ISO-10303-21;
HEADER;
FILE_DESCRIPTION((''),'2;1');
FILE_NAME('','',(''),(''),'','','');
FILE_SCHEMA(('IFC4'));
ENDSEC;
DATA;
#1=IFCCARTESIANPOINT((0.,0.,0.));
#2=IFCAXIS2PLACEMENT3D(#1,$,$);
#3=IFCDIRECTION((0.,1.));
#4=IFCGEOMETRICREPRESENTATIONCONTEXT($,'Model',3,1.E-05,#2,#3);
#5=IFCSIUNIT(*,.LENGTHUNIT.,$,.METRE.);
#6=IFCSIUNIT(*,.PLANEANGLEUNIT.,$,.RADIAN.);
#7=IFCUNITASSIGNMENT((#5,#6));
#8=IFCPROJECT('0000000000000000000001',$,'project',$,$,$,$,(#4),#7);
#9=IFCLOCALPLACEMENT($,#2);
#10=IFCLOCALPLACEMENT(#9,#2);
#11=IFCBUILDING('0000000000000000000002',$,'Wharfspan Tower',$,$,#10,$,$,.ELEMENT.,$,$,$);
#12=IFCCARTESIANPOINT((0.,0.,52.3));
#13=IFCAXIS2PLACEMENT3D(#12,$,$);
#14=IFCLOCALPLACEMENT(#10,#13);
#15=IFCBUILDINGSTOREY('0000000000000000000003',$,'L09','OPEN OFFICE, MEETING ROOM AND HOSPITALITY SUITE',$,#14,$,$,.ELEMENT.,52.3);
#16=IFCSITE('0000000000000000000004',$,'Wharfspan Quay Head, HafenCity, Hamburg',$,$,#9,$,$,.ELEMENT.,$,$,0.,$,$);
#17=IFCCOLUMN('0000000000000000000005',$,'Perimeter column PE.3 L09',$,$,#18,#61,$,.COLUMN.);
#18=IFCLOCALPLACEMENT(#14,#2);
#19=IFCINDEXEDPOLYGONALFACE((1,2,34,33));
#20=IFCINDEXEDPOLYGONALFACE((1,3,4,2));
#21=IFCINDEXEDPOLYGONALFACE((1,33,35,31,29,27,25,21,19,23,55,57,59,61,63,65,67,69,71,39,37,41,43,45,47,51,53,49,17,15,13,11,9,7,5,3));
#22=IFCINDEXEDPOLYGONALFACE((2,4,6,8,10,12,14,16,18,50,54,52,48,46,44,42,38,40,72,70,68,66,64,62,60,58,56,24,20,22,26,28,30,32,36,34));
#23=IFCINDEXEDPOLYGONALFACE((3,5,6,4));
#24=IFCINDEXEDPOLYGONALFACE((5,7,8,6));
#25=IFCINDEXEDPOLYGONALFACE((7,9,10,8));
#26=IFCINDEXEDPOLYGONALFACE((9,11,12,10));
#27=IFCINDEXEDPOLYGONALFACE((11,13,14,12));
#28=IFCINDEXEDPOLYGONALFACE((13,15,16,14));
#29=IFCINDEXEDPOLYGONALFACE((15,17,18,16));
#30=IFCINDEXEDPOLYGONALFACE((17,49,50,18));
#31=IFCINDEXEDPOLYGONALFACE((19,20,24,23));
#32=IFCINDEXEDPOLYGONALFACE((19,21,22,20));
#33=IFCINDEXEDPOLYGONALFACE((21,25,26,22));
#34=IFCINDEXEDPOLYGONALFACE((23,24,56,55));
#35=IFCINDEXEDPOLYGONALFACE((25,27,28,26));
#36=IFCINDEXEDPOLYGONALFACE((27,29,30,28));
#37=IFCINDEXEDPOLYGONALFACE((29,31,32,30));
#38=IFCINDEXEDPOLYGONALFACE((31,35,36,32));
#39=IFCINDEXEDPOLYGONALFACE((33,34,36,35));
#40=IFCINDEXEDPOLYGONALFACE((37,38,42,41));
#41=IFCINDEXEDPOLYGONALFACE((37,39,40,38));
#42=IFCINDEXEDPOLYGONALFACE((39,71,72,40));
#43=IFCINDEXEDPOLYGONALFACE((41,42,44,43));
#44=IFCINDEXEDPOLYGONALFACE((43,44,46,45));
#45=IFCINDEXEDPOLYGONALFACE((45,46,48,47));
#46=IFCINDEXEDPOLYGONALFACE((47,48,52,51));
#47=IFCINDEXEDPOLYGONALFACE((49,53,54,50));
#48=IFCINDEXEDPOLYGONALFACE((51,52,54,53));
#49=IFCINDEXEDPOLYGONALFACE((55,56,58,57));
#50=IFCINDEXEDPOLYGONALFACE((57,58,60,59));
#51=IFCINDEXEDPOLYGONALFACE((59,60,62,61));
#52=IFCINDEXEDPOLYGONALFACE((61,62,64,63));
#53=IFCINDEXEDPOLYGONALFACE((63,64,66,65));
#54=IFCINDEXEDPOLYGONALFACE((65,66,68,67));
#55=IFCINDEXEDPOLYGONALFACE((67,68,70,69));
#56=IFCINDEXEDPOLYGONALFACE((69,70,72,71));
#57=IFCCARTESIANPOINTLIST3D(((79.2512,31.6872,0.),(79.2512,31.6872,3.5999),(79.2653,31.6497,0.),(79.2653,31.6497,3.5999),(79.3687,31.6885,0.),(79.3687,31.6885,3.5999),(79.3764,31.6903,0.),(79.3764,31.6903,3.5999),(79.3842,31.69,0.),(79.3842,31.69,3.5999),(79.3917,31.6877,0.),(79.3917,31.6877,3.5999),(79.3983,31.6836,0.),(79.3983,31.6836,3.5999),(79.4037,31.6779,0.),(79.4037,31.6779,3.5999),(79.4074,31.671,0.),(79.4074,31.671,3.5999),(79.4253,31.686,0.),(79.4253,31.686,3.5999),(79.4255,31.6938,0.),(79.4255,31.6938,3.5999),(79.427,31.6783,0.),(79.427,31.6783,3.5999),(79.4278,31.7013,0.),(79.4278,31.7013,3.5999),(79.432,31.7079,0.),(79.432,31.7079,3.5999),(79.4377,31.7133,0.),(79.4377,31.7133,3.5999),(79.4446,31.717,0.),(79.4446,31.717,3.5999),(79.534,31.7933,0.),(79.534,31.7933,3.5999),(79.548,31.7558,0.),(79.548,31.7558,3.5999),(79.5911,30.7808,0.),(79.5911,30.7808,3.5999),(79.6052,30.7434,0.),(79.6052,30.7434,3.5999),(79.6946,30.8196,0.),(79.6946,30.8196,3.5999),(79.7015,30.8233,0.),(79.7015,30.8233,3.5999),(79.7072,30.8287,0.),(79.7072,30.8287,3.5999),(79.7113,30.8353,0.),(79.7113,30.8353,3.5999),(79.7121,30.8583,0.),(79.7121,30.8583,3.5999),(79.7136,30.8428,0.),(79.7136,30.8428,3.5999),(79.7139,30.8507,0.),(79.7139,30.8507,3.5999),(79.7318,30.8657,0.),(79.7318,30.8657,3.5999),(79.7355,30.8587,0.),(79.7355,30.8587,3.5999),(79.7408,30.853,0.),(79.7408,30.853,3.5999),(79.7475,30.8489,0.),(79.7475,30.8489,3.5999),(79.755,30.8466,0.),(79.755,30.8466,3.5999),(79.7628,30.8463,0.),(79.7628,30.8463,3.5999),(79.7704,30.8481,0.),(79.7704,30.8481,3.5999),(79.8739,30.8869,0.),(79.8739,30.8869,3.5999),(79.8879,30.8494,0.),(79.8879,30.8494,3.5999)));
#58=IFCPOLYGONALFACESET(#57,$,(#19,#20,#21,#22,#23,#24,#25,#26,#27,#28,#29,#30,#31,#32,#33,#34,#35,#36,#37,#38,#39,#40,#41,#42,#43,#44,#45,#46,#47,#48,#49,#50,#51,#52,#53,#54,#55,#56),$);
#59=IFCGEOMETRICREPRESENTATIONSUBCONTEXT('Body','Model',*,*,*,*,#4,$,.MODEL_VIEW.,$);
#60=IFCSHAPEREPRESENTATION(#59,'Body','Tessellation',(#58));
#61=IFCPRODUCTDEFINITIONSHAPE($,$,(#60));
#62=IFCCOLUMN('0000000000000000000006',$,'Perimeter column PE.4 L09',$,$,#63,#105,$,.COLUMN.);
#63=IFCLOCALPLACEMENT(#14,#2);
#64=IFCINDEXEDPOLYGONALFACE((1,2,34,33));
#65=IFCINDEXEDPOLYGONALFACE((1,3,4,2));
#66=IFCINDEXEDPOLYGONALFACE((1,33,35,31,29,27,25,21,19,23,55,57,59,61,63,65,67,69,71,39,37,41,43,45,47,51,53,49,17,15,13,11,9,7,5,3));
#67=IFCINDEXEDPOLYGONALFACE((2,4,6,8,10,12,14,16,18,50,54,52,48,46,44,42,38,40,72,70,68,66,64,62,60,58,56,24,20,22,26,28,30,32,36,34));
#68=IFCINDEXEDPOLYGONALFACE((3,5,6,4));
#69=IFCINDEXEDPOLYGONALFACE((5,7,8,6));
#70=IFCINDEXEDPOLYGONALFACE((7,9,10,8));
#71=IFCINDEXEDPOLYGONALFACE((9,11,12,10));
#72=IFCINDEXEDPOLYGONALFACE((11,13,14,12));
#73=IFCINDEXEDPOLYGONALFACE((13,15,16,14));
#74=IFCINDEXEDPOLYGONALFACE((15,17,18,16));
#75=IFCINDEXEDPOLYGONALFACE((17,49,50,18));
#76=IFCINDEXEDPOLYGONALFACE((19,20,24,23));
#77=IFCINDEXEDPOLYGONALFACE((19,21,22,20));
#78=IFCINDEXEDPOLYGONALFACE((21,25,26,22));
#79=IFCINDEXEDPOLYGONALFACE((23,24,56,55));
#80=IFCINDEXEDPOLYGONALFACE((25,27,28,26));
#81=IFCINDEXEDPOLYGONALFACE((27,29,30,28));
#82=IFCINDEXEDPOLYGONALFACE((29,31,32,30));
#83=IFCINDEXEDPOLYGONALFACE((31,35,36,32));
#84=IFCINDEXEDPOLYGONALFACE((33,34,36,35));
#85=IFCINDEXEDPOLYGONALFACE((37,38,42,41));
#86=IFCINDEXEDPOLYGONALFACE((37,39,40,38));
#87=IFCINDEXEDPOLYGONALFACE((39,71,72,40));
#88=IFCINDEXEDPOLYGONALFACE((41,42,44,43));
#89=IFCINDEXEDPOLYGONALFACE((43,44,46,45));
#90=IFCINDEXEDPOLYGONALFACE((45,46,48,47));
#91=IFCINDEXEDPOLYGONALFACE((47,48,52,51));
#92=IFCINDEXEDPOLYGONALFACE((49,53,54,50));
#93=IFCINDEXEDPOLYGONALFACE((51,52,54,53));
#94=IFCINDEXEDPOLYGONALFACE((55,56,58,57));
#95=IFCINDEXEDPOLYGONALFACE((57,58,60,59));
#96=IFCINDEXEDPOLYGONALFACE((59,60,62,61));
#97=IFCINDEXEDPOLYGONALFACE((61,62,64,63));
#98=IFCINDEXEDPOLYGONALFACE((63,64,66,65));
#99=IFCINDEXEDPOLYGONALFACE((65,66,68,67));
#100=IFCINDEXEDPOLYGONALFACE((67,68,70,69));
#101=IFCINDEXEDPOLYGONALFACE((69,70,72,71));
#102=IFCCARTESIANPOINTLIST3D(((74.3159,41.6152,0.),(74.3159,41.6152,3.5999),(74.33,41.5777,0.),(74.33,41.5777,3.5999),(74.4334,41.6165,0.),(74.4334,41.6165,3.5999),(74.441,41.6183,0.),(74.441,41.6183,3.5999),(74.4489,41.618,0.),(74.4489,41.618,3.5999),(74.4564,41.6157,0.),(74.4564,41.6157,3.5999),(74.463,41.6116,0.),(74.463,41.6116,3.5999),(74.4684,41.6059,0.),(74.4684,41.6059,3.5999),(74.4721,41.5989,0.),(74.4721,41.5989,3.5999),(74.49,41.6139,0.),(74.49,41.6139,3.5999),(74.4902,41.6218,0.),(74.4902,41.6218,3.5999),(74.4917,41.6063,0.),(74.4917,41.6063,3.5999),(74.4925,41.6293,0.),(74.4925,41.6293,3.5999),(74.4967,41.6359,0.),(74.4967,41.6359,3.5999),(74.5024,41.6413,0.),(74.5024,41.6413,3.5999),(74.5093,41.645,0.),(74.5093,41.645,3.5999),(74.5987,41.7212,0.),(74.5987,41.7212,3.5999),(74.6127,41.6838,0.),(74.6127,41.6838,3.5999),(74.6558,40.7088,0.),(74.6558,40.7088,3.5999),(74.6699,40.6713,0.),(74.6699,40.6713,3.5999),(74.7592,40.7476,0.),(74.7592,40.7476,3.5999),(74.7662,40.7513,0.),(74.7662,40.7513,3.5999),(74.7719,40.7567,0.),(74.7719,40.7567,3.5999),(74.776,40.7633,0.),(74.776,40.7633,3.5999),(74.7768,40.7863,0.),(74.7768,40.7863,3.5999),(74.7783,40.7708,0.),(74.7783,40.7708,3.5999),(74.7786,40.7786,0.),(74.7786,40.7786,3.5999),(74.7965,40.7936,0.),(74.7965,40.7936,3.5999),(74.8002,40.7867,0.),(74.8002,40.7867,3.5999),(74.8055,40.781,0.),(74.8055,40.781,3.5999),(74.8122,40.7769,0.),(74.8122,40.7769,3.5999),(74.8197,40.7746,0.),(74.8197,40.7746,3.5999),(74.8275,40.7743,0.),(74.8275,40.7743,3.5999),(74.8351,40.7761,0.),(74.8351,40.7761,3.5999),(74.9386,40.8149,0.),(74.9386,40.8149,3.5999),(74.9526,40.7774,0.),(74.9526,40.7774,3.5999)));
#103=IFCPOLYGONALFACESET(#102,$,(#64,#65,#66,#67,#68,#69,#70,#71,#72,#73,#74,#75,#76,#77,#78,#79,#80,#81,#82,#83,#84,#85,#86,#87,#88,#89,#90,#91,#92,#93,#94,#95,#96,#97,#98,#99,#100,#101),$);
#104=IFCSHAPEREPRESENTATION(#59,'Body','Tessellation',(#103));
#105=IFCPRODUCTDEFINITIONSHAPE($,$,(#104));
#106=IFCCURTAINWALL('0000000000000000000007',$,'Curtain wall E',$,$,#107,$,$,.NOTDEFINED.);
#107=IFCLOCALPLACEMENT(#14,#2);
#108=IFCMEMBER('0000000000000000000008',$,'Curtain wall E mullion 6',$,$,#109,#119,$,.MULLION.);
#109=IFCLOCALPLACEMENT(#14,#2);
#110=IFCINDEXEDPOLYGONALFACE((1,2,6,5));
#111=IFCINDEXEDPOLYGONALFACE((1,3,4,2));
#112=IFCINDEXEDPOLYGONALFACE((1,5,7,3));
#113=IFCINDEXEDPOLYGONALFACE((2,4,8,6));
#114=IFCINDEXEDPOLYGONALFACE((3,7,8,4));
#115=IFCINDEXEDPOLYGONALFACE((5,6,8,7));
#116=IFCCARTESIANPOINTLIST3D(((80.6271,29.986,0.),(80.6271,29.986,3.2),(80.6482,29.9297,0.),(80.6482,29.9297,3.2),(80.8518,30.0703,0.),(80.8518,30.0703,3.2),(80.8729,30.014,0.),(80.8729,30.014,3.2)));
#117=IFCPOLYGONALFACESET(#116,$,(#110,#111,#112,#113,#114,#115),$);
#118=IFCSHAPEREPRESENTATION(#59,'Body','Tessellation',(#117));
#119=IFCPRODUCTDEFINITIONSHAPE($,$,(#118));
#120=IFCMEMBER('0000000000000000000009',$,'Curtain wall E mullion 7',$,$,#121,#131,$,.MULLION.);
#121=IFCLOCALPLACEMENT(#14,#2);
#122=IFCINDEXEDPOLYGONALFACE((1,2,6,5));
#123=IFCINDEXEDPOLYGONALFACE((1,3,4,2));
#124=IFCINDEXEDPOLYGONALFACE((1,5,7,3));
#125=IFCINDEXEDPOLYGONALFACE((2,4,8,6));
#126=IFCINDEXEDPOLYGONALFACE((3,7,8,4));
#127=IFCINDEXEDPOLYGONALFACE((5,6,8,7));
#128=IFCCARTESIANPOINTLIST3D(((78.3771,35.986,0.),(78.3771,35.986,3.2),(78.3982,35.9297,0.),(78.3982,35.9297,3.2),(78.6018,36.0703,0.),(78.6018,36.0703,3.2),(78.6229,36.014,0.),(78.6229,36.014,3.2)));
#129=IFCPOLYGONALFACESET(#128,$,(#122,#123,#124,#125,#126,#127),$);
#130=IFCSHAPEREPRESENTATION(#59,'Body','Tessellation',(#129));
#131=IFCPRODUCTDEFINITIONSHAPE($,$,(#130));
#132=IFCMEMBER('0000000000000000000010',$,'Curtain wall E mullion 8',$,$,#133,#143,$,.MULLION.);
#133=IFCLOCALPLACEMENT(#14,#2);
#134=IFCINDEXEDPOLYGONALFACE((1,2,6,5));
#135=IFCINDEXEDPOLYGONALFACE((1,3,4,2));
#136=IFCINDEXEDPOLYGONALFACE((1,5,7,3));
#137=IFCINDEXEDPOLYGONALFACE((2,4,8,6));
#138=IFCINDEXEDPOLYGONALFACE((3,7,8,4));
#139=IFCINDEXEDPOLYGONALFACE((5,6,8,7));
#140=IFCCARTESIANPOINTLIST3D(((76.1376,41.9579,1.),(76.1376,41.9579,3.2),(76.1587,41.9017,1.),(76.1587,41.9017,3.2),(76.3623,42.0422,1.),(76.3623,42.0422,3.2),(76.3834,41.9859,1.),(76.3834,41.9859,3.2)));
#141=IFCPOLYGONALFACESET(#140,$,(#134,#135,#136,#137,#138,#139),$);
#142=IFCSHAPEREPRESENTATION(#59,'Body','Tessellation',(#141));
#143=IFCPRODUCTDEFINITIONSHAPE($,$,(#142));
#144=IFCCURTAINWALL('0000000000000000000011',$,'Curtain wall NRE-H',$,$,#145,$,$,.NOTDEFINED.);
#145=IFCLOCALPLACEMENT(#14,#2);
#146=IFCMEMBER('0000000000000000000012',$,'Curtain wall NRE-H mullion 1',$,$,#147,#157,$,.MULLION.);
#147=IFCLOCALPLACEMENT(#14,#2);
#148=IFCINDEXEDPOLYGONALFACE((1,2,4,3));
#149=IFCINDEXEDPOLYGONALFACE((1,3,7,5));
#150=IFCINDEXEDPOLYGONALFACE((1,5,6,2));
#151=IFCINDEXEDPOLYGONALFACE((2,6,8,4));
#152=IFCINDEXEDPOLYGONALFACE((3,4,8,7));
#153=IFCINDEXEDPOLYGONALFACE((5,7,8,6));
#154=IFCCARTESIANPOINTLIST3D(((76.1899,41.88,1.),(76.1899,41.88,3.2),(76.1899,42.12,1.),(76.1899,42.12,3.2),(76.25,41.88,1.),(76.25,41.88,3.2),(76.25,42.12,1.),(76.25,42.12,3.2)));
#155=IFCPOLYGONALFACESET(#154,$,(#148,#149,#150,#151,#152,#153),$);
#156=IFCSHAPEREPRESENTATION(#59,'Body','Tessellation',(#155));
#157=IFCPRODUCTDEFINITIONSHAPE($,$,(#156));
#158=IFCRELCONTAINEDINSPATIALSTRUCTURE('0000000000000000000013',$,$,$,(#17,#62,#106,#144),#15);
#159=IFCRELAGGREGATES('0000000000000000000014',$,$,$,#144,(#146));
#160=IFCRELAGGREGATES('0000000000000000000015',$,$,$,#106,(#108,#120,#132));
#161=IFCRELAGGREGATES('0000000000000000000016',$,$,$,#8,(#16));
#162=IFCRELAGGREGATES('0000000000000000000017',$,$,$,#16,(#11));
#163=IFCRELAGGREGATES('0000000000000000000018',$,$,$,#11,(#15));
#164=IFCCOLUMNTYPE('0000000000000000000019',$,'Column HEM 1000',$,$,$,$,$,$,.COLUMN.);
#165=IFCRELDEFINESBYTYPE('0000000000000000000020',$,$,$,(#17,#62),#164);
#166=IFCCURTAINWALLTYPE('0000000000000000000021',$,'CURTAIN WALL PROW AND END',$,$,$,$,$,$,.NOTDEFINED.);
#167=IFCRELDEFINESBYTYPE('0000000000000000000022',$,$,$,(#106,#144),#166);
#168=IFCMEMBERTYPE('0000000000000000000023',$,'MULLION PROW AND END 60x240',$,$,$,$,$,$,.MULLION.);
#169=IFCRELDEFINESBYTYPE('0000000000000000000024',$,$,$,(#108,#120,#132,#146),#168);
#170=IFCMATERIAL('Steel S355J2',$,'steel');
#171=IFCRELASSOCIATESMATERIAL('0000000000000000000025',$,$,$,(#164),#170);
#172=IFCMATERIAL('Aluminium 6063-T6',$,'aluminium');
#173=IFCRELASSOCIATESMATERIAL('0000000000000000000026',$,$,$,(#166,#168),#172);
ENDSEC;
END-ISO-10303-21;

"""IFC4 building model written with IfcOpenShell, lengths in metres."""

from ifc_helpers import new_model, si_unit, direction, frame, origin, origin_2d, place, context, subcontext, project, spatial, rectangle, i_section, extrude, material, material_profile, profile_set, type_object, element, aggregate, save


model = new_model("IFC4")

# Units and contexts
model_context = context("Model", 3, precision=1e-05, world=origin(), true_north=direction((0.0, 1.0)))
body_context = subcontext(model_context, "Body", "Model", "MODEL_VIEW")
ifc_project = project(units=[si_unit("LENGTHUNIT", "METRE"), si_unit("PLANEANGLEUNIT", "RADIAN")], contexts=[model_context])

# Site, building, storey
site_placement = place(None, origin())
site = spatial("IfcSite", under=ifc_project, at=site_placement, Name="Wharfspan Quay Head, HafenCity, Hamburg", CompositionType="ELEMENT", RefElevation=0.0)
building_placement = place(site_placement, origin())
building = spatial("IfcBuilding", under=site, at=building_placement, Name="Wharfspan Tower", CompositionType="ELEMENT")
storey_placement = place(building_placement, frame((0.0, 0.0, 52.3)))
storey = spatial("IfcBuildingStorey", under=building, at=storey_placement, Name="L09", Description="OPEN OFFICE, MEETING ROOM AND HOSPITALITY SUITE", CompositionType="ELEMENT", Elevation=52.3)

# Columns
ifc_material_1 = material(Name="Steel S355J2", Category="steel")
ifc_material_profile_1 = material_profile(ifc_material_1, i_section(OverallWidth=0.302, OverallDepth=1.0081, WebThickness=0.021, FlangeThickness=0.04, FilletRadius=0.03, at=origin_2d()))
ifc_profile_set_1 = profile_set([ifc_material_profile_1], Name="Steel S355J2")
column_type = type_object("IfcColumnType", Name="Column HEM 1000", PredefinedType="COLUMN", material=ifc_profile_set_1)
for number, where, z_axis, x_axis, name in (
    (1, (79.5696, 31.2683, 0.0), (0.0, 0.0, 1.0), (0.936328, 0.351123, 0.0), "Perimeter column PE.3 L09"),
    (2, (74.6343, 41.1963, 0.0), (0.0, 0.0, 1.0), (0.936328, 0.351123, 0.0), "Perimeter column PE.4 L09"),
):
    element("IfcColumn", number, at=place(storey_placement, frame(where, z_axis=z_axis, x_axis=x_axis)), inside=storey, type_object=column_type, Name=name, PredefinedType="COLUMN", context=body_context, shape_type="SweptSolid", body=[
        extrude(i_section(OverallWidth=0.302, OverallDepth=1.0081, WebThickness=0.021, FlangeThickness=0.04, FilletRadius=0.03, at=origin_2d()), origin(), (0.0, 0.0, 1.0), 3.5999),
    ])

# Curtain wall, members
ifc_material_2 = material(Name="Aluminium 6063-T6", Category="aluminium")
curtain_wall_type = type_object("IfcCurtainWallType", Name="CURTAIN WALL PROW AND END", PredefinedType="NOTDEFINED", material=ifc_material_2)
curtain_wall_1_placement = place(storey_placement, origin())
curtain_wall_1 = element("IfcCurtainWall", 3, at=curtain_wall_1_placement, inside=storey, type_object=curtain_wall_type, Name="Curtain wall E", PredefinedType="NOTDEFINED")
ifc_material_profile_2 = material_profile(ifc_material_2, rectangle(XDim=0.24, YDim=0.0601, at=origin_2d()))
ifc_profile_set_2 = profile_set([ifc_material_profile_2], Name="Aluminium 6063-T6")
member_type_1 = type_object("IfcMemberType", Name="MULLION PROW AND END 60x240", PredefinedType="MULLION", material=ifc_profile_set_2)
member_1_placement = place(storey_placement, frame((80.75, 30.0, 0.0), z_axis=(0.0, 0.0, 1.0), x_axis=(-0.936328, -0.351123, 0.0)))
member_1 = element("IfcMember", 4, at=member_1_placement, type_object=member_type_1, Name="Curtain wall E mullion 6", PredefinedType="MULLION", context=body_context, shape_type="SweptSolid", body=[
    extrude(rectangle(XDim=0.24, YDim=0.0601, at=origin_2d()), origin(), (0.0, 0.0, 1.0), 3.2),
])
member_2_placement = place(storey_placement, frame((78.5, 36.0, 0.0), z_axis=(0.0, 0.0, 1.0), x_axis=(-0.936328, -0.351123, 0.0)))
member_2 = element("IfcMember", 5, at=member_2_placement, type_object=member_type_1, Name="Curtain wall E mullion 7", PredefinedType="MULLION", context=body_context, shape_type="SweptSolid", body=[
    extrude(rectangle(XDim=0.24, YDim=0.0601, at=origin_2d()), origin(), (0.0, 0.0, 1.0), 3.2),
])
member_3_placement = place(storey_placement, frame((76.2605, 41.9719, 1.0), z_axis=(0.0, 0.0, 1.0), x_axis=(-0.936328, -0.351123, 0.0)))
member_3 = element("IfcMember", 6, at=member_3_placement, type_object=member_type_1, Name="Curtain wall E mullion 8", PredefinedType="MULLION", context=body_context, shape_type="SweptSolid", body=[
    extrude(rectangle(XDim=0.24, YDim=0.0601, at=origin_2d()), origin(), (0.0, 0.0, 1.0), 2.2),
])

# Curtain wall, member
curtain_wall_2_placement = place(storey_placement, origin())
curtain_wall_2 = element("IfcCurtainWall", 7, at=curtain_wall_2_placement, inside=storey, type_object=curtain_wall_type, Name="Curtain wall NRE-H", PredefinedType="NOTDEFINED")
member_4_placement = place(storey_placement, frame((76.22, 42.0, 1.0), z_axis=(0.0, 0.0, 1.0), x_axis=(0.0, -1.0, 0.0)))
member_4 = element("IfcMember", 8, at=member_4_placement, type_object=member_type_1, Name="Curtain wall NRE-H mullion 1", PredefinedType="MULLION", context=body_context, shape_type="SweptSolid", body=[
    extrude(rectangle(XDim=0.24, YDim=0.0601, at=origin_2d()), origin(), (0.0, 0.0, 1.0), 2.2),
])

aggregate(curtain_wall_2, [member_4])
aggregate(curtain_wall_1, [member_1, member_2, member_3])

save(model, "model.ifc")
